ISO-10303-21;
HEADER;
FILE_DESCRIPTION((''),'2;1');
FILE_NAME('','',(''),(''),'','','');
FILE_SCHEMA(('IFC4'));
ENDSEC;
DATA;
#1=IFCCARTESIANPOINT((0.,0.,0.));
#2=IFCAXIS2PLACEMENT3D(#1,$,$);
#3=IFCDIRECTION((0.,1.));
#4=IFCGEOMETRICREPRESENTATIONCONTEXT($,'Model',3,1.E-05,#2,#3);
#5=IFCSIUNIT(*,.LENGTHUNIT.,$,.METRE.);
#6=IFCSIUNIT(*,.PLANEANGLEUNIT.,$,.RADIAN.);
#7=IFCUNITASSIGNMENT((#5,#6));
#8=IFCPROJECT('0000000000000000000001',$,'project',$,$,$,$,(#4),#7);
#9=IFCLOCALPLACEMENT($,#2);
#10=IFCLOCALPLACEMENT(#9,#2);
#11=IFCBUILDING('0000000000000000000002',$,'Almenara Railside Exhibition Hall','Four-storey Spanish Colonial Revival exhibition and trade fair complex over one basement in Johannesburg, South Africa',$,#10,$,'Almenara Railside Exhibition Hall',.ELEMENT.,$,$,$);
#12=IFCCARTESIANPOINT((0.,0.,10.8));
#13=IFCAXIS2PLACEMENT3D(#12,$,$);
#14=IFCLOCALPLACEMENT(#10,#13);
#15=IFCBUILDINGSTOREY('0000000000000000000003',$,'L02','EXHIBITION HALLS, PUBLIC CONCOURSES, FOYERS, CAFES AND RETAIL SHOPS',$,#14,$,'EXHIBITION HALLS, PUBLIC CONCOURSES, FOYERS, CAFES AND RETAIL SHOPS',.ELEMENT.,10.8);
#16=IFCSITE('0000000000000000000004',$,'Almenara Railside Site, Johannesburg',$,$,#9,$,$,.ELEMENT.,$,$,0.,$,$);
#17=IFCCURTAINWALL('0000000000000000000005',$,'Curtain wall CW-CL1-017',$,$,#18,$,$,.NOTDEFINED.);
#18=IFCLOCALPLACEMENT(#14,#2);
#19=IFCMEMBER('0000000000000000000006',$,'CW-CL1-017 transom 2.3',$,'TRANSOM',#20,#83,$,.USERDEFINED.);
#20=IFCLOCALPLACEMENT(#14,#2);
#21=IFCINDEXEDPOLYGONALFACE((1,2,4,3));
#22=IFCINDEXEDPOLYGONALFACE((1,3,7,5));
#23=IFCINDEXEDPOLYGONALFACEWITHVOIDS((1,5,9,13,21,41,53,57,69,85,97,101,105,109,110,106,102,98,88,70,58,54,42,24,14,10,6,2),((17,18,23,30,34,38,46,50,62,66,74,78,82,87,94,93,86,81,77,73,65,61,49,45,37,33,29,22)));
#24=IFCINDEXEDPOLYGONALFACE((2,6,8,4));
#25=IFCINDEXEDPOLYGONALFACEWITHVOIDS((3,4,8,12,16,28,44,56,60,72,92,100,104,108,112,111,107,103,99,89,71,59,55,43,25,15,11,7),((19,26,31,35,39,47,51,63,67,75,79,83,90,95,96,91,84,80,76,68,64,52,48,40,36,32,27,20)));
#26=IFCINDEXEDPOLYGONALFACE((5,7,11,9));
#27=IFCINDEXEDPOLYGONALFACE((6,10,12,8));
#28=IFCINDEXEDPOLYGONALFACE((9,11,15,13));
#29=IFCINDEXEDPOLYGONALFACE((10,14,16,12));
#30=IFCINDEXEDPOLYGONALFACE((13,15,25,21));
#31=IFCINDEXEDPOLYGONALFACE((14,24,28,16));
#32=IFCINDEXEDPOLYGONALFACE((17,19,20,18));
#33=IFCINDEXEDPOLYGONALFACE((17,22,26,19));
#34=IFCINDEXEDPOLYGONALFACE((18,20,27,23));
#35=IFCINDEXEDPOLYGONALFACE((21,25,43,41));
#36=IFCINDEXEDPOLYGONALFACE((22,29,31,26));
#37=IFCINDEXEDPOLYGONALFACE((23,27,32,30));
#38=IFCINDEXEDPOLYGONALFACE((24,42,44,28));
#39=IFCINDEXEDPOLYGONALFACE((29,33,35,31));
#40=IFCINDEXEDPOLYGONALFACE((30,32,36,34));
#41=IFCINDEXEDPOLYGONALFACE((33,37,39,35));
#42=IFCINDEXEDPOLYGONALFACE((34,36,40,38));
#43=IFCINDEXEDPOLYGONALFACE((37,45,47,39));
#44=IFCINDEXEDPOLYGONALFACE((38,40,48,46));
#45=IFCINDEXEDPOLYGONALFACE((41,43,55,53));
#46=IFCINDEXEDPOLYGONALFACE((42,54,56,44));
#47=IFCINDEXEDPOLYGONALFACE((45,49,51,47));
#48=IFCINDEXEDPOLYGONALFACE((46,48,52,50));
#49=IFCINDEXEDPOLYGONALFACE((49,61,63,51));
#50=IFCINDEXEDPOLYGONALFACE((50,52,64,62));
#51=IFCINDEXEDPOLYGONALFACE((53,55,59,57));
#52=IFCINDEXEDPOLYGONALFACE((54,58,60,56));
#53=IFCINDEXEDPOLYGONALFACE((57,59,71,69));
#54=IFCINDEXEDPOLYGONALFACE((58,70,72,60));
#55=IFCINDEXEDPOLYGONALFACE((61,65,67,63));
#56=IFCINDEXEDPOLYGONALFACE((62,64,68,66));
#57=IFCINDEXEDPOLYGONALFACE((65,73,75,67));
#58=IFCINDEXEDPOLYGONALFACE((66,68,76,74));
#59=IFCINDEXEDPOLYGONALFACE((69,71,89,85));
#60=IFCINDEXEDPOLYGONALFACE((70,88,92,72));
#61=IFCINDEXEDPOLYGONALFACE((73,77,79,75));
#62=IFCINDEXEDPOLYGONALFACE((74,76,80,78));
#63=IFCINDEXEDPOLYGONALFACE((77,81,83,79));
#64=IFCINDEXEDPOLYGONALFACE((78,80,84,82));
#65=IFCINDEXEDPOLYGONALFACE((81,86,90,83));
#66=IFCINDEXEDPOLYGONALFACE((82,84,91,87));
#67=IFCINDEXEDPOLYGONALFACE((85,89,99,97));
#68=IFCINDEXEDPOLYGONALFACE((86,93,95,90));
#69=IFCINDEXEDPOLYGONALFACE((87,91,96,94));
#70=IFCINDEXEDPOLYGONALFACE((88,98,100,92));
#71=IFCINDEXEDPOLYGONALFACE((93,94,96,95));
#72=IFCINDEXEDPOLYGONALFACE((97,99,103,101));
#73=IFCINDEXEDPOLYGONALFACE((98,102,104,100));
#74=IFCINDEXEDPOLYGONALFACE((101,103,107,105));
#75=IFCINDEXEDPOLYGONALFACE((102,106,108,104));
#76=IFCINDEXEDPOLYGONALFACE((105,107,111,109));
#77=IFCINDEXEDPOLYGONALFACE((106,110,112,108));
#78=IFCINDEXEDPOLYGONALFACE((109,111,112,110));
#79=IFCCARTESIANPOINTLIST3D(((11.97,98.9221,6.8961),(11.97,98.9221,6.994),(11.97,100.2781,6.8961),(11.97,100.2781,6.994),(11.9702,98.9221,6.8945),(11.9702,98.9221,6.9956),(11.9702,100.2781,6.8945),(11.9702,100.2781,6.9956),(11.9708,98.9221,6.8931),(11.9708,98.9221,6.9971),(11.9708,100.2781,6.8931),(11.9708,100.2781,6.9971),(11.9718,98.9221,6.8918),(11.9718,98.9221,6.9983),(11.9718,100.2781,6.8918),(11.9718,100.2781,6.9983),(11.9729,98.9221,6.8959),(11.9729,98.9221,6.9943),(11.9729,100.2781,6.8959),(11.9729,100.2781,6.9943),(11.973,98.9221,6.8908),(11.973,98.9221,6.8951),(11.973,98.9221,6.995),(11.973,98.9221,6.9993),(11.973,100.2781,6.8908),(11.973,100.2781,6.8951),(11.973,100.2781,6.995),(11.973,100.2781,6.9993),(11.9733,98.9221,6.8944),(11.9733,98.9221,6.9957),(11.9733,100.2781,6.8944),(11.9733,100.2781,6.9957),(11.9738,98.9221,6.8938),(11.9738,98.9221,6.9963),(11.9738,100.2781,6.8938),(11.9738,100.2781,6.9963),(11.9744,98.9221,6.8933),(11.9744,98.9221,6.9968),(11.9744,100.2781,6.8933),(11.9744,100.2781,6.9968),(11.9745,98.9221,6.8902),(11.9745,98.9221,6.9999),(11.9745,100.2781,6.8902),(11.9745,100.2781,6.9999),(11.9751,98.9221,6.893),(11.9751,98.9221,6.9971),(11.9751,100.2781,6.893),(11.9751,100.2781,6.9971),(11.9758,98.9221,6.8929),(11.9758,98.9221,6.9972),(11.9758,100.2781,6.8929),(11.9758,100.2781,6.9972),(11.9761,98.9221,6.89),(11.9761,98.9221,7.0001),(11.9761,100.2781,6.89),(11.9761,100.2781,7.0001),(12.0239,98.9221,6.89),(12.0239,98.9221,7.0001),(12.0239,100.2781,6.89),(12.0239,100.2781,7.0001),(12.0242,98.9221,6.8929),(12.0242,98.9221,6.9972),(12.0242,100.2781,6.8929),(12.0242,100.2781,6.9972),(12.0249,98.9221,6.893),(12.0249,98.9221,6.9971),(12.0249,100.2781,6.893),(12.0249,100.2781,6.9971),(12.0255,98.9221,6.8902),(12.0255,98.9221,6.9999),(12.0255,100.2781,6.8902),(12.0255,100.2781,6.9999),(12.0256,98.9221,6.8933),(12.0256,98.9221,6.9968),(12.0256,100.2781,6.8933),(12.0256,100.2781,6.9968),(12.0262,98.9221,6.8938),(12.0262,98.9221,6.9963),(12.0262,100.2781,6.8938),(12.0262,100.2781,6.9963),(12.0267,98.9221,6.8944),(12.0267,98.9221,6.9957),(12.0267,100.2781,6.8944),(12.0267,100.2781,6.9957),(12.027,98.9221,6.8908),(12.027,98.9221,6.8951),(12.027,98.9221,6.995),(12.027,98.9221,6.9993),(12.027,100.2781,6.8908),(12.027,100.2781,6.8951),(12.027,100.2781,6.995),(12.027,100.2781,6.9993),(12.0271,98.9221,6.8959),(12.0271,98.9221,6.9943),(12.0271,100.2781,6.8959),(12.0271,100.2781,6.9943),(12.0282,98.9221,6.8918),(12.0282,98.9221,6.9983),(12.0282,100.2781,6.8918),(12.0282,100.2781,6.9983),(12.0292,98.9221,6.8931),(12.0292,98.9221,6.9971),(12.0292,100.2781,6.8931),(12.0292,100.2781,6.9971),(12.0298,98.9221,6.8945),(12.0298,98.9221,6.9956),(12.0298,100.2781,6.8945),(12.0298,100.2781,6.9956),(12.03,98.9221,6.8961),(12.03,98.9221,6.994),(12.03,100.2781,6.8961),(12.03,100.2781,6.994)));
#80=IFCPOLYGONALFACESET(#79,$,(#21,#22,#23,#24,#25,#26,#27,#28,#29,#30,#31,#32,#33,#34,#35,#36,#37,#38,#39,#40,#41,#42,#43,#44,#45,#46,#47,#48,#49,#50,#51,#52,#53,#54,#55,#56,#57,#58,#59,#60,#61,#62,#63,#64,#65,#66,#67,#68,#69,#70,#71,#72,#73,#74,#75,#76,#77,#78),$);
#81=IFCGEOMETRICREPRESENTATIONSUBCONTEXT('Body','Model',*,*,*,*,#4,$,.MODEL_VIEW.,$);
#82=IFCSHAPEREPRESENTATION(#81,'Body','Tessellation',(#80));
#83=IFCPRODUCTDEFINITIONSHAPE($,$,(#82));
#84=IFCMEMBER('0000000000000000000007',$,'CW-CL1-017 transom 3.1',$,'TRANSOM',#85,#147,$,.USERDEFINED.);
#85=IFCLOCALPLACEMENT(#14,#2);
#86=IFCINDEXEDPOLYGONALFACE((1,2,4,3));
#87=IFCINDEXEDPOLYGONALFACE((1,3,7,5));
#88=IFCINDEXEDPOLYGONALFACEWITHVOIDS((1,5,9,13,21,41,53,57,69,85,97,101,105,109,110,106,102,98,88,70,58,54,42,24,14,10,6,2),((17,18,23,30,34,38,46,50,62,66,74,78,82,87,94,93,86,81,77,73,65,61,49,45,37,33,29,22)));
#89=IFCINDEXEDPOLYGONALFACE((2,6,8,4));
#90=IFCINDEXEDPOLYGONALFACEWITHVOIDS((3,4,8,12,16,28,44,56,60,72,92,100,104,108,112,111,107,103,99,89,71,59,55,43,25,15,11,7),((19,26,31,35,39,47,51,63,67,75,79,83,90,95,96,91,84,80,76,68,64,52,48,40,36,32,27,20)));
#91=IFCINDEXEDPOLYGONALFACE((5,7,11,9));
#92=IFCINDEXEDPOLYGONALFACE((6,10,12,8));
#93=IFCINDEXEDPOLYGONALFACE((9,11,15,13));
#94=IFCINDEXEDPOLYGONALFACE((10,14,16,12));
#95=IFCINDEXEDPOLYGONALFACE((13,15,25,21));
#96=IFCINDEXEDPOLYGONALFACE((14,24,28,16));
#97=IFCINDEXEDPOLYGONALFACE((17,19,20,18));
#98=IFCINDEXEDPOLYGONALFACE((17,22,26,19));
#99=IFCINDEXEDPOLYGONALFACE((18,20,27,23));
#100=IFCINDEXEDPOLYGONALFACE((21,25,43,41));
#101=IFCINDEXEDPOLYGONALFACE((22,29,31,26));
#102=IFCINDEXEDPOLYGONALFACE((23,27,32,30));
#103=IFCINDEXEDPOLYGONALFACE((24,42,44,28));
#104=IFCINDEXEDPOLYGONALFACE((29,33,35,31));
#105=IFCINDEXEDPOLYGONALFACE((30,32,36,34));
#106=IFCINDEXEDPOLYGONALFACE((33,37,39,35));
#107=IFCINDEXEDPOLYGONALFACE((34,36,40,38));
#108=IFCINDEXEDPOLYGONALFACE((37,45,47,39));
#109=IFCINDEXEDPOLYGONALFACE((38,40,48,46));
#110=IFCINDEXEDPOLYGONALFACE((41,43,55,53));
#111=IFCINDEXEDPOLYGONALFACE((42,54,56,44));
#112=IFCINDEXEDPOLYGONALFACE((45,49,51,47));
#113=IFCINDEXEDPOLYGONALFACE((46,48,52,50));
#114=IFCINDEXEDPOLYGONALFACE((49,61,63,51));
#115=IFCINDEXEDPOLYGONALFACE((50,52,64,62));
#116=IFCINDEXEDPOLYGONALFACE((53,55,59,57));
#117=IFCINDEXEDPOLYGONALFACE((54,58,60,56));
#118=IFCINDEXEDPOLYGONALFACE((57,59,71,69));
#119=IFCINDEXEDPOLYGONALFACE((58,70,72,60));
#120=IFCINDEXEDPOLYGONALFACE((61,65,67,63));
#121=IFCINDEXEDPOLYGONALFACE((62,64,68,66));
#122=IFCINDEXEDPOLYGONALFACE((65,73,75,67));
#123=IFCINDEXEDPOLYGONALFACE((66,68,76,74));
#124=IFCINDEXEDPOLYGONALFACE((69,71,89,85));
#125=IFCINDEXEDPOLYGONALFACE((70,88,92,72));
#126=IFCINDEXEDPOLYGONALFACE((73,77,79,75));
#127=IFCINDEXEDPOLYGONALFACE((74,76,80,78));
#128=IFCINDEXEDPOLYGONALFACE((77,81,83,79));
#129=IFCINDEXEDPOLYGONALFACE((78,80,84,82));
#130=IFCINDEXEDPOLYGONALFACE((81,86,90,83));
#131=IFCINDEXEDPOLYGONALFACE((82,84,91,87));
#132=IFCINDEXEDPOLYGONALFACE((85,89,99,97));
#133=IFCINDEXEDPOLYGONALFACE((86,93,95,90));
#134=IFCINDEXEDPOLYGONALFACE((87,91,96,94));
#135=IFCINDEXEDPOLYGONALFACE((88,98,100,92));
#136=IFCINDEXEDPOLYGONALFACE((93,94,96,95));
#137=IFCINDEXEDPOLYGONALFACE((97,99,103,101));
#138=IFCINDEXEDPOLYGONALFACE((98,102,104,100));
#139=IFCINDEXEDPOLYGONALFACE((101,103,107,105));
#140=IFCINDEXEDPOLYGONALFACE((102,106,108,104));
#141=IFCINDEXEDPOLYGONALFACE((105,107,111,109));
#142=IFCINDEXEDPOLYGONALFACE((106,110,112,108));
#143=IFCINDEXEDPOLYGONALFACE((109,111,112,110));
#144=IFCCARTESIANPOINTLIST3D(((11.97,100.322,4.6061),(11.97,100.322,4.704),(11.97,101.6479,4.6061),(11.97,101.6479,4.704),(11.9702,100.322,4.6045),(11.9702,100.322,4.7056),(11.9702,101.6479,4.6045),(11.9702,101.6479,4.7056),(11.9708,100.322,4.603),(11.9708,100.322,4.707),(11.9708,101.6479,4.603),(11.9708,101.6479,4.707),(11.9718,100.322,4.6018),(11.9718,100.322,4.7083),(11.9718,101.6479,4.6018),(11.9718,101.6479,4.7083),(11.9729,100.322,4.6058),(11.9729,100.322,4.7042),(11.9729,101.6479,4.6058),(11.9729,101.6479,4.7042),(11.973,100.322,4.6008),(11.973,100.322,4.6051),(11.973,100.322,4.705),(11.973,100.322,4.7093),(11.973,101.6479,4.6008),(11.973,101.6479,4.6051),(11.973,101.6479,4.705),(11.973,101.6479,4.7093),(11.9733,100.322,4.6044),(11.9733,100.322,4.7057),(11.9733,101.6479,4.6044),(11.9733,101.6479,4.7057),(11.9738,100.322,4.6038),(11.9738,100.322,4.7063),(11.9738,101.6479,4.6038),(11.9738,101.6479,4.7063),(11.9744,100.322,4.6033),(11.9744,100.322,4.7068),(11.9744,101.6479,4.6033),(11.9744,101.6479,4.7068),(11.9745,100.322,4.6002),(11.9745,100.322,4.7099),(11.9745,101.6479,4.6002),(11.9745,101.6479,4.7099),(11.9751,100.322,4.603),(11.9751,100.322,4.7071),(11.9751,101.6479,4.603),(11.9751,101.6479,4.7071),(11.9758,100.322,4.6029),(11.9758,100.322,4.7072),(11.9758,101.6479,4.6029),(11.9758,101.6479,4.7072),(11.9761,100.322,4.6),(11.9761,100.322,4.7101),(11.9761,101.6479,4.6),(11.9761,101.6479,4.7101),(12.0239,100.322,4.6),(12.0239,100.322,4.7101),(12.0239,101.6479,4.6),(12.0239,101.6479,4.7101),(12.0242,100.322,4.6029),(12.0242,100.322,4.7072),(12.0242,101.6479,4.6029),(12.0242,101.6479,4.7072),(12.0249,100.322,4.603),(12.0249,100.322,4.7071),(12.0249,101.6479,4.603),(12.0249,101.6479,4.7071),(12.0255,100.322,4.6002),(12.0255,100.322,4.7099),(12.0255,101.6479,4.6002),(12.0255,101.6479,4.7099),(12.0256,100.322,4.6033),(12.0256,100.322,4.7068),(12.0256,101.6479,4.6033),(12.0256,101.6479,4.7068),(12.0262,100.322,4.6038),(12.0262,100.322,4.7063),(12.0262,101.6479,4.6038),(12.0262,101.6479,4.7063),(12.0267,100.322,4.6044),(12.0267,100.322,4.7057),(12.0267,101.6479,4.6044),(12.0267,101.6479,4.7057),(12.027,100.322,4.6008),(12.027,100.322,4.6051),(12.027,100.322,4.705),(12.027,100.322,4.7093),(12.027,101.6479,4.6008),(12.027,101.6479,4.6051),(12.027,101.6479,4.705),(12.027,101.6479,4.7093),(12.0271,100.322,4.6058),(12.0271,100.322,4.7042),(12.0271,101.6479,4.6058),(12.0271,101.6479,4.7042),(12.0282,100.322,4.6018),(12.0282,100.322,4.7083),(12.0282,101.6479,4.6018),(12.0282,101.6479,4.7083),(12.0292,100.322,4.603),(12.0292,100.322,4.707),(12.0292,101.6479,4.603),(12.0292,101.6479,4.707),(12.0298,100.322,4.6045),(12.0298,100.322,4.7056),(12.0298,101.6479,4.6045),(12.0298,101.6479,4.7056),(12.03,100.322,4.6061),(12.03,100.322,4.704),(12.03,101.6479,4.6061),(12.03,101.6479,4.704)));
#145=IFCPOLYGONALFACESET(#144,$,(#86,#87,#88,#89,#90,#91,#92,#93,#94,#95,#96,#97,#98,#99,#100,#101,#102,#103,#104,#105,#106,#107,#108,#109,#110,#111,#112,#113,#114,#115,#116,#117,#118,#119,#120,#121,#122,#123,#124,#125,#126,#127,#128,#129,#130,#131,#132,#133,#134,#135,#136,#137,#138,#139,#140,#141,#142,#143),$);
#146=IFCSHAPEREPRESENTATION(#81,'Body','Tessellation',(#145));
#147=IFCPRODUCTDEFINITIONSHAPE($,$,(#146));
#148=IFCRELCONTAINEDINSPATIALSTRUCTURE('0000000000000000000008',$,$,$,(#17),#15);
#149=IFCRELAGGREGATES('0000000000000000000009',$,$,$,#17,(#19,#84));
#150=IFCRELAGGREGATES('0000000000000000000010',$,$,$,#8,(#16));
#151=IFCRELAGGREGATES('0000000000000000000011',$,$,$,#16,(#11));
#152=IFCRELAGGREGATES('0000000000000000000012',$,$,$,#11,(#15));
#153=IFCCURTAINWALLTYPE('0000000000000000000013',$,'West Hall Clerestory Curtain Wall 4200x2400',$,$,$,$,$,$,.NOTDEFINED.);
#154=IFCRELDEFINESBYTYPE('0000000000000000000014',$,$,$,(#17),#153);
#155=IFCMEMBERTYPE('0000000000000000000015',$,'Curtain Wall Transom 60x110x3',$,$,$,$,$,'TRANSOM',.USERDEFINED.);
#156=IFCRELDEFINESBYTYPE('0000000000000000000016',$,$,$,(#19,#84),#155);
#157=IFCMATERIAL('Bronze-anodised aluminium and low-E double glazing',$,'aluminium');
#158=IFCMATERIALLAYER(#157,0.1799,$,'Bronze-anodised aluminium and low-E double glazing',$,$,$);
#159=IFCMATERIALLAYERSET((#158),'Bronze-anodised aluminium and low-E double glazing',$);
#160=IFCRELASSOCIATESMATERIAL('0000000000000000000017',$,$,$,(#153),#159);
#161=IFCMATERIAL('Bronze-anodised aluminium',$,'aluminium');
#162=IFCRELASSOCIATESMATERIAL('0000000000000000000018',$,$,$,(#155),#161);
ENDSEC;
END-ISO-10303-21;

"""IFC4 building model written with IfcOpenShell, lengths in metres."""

from ifc_helpers import new_model, si_unit, direction, frame, origin, origin_2d, place, context, subcontext, project, spatial, hollow_rectangle, extrude, material, layer, layer_set, material_profile, profile_set, type_object, element, aggregate, save


model = new_model("IFC4")

# Units and contexts
model_context = context("Model", 3, precision=1e-05, world=origin(), true_north=direction((0.0, 1.0)))
body_context = subcontext(model_context, "Body", "Model", "MODEL_VIEW")
ifc_project = project(units=[si_unit("LENGTHUNIT", "METRE"), si_unit("PLANEANGLEUNIT", "RADIAN")], contexts=[model_context])

# Site, building, storey
site_placement = place(None, origin())
site = spatial("IfcSite", under=ifc_project, at=site_placement, Name="Almenara Railside Site, Johannesburg", CompositionType="ELEMENT", RefElevation=0.0)
building_placement = place(site_placement, origin())
building = spatial("IfcBuilding", under=site, at=building_placement, Name="Almenara Railside Exhibition Hall", Description="Four-storey Spanish Colonial Revival exhibition and trade fair complex over one basement in Johannesburg, South Africa", LongName="Almenara Railside Exhibition Hall", CompositionType="ELEMENT")
storey_placement = place(building_placement, frame((0.0, 0.0, 10.8)))
storey = spatial("IfcBuildingStorey", under=building, at=storey_placement, Name="L02", Description="EXHIBITION HALLS, PUBLIC CONCOURSES, FOYERS, CAFES AND RETAIL SHOPS", LongName="EXHIBITION HALLS, PUBLIC CONCOURSES, FOYERS, CAFES AND RETAIL SHOPS", CompositionType="ELEMENT", Elevation=10.8)

# Curtain wall
ifc_material_1 = material(Name="Bronze-anodised aluminium and low-E double glazing", Category="aluminium")
ifc_layer_1 = layer(ifc_material_1, 0.1799, Name="Bronze-anodised aluminium and low-E double glazing")
ifc_layer_set_1 = layer_set([ifc_layer_1], Name="Bronze-anodised aluminium and low-E double glazing")
curtain_wall_type = type_object("IfcCurtainWallType", Name="West Hall Clerestory Curtain Wall 4200x2400", PredefinedType="NOTDEFINED", material=ifc_layer_set_1)
ifc_material_2 = material(Name="Bronze-anodised aluminium", Category="aluminium")
curtain_wall_1_placement = place(storey_placement, origin())
curtain_wall_1 = element("IfcCurtainWall", 1, at=curtain_wall_1_placement, inside=storey, type_object=curtain_wall_type, Name="Curtain wall CW-CL1-017", PredefinedType="NOTDEFINED")

# Members
ifc_material_profile_1 = material_profile(ifc_material_2, hollow_rectangle(XDim=0.0601, YDim=0.1101, WallThickness=0.0029, InnerFilletRadius=0.0029, OuterFilletRadius=0.0061, at=origin_2d()), Name="ALU-TRN 60x110x3")
ifc_profile_set_1 = profile_set([ifc_material_profile_1], Name="Bronze-anodised aluminium")
member_type_1 = type_object("IfcMemberType", Name="Curtain Wall Transom 60x110x3", ElementType="TRANSOM", PredefinedType="USERDEFINED", material=ifc_profile_set_1)
member_1_placement = place(storey_placement, frame((12.0, 98.9221, 6.9451), z_axis=(0.0, 1.0, 0.0), x_axis=(-1.0, 0.0, 0.0)))
member_1 = element("IfcMember", 2, at=member_1_placement, type_object=member_type_1, Name="CW-CL1-017 transom 2.3", ObjectType="TRANSOM", PredefinedType="USERDEFINED", context=body_context, shape_type="SweptSolid", body=[
    extrude(hollow_rectangle(XDim=0.0601, YDim=0.1101, WallThickness=0.0029, InnerFilletRadius=0.0029, OuterFilletRadius=0.0061, at=origin_2d()), origin(), (0.0, 0.0, 1.0), 1.356),
])
member_2_placement = place(storey_placement, frame((12.0, 100.322, 4.655), z_axis=(0.0, 1.0, 0.0), x_axis=(-1.0, 0.0, 0.0)))
member_2 = element("IfcMember", 3, at=member_2_placement, type_object=member_type_1, Name="CW-CL1-017 transom 3.1", ObjectType="TRANSOM", PredefinedType="USERDEFINED", context=body_context, shape_type="SweptSolid", body=[
    extrude(hollow_rectangle(XDim=0.0601, YDim=0.1101, WallThickness=0.0029, InnerFilletRadius=0.0029, OuterFilletRadius=0.0061, at=origin_2d()), origin(), (0.0, 0.0, 1.0), 1.3259),
])

aggregate(curtain_wall_1, [member_1, member_2])

save(model, "model.ifc")
